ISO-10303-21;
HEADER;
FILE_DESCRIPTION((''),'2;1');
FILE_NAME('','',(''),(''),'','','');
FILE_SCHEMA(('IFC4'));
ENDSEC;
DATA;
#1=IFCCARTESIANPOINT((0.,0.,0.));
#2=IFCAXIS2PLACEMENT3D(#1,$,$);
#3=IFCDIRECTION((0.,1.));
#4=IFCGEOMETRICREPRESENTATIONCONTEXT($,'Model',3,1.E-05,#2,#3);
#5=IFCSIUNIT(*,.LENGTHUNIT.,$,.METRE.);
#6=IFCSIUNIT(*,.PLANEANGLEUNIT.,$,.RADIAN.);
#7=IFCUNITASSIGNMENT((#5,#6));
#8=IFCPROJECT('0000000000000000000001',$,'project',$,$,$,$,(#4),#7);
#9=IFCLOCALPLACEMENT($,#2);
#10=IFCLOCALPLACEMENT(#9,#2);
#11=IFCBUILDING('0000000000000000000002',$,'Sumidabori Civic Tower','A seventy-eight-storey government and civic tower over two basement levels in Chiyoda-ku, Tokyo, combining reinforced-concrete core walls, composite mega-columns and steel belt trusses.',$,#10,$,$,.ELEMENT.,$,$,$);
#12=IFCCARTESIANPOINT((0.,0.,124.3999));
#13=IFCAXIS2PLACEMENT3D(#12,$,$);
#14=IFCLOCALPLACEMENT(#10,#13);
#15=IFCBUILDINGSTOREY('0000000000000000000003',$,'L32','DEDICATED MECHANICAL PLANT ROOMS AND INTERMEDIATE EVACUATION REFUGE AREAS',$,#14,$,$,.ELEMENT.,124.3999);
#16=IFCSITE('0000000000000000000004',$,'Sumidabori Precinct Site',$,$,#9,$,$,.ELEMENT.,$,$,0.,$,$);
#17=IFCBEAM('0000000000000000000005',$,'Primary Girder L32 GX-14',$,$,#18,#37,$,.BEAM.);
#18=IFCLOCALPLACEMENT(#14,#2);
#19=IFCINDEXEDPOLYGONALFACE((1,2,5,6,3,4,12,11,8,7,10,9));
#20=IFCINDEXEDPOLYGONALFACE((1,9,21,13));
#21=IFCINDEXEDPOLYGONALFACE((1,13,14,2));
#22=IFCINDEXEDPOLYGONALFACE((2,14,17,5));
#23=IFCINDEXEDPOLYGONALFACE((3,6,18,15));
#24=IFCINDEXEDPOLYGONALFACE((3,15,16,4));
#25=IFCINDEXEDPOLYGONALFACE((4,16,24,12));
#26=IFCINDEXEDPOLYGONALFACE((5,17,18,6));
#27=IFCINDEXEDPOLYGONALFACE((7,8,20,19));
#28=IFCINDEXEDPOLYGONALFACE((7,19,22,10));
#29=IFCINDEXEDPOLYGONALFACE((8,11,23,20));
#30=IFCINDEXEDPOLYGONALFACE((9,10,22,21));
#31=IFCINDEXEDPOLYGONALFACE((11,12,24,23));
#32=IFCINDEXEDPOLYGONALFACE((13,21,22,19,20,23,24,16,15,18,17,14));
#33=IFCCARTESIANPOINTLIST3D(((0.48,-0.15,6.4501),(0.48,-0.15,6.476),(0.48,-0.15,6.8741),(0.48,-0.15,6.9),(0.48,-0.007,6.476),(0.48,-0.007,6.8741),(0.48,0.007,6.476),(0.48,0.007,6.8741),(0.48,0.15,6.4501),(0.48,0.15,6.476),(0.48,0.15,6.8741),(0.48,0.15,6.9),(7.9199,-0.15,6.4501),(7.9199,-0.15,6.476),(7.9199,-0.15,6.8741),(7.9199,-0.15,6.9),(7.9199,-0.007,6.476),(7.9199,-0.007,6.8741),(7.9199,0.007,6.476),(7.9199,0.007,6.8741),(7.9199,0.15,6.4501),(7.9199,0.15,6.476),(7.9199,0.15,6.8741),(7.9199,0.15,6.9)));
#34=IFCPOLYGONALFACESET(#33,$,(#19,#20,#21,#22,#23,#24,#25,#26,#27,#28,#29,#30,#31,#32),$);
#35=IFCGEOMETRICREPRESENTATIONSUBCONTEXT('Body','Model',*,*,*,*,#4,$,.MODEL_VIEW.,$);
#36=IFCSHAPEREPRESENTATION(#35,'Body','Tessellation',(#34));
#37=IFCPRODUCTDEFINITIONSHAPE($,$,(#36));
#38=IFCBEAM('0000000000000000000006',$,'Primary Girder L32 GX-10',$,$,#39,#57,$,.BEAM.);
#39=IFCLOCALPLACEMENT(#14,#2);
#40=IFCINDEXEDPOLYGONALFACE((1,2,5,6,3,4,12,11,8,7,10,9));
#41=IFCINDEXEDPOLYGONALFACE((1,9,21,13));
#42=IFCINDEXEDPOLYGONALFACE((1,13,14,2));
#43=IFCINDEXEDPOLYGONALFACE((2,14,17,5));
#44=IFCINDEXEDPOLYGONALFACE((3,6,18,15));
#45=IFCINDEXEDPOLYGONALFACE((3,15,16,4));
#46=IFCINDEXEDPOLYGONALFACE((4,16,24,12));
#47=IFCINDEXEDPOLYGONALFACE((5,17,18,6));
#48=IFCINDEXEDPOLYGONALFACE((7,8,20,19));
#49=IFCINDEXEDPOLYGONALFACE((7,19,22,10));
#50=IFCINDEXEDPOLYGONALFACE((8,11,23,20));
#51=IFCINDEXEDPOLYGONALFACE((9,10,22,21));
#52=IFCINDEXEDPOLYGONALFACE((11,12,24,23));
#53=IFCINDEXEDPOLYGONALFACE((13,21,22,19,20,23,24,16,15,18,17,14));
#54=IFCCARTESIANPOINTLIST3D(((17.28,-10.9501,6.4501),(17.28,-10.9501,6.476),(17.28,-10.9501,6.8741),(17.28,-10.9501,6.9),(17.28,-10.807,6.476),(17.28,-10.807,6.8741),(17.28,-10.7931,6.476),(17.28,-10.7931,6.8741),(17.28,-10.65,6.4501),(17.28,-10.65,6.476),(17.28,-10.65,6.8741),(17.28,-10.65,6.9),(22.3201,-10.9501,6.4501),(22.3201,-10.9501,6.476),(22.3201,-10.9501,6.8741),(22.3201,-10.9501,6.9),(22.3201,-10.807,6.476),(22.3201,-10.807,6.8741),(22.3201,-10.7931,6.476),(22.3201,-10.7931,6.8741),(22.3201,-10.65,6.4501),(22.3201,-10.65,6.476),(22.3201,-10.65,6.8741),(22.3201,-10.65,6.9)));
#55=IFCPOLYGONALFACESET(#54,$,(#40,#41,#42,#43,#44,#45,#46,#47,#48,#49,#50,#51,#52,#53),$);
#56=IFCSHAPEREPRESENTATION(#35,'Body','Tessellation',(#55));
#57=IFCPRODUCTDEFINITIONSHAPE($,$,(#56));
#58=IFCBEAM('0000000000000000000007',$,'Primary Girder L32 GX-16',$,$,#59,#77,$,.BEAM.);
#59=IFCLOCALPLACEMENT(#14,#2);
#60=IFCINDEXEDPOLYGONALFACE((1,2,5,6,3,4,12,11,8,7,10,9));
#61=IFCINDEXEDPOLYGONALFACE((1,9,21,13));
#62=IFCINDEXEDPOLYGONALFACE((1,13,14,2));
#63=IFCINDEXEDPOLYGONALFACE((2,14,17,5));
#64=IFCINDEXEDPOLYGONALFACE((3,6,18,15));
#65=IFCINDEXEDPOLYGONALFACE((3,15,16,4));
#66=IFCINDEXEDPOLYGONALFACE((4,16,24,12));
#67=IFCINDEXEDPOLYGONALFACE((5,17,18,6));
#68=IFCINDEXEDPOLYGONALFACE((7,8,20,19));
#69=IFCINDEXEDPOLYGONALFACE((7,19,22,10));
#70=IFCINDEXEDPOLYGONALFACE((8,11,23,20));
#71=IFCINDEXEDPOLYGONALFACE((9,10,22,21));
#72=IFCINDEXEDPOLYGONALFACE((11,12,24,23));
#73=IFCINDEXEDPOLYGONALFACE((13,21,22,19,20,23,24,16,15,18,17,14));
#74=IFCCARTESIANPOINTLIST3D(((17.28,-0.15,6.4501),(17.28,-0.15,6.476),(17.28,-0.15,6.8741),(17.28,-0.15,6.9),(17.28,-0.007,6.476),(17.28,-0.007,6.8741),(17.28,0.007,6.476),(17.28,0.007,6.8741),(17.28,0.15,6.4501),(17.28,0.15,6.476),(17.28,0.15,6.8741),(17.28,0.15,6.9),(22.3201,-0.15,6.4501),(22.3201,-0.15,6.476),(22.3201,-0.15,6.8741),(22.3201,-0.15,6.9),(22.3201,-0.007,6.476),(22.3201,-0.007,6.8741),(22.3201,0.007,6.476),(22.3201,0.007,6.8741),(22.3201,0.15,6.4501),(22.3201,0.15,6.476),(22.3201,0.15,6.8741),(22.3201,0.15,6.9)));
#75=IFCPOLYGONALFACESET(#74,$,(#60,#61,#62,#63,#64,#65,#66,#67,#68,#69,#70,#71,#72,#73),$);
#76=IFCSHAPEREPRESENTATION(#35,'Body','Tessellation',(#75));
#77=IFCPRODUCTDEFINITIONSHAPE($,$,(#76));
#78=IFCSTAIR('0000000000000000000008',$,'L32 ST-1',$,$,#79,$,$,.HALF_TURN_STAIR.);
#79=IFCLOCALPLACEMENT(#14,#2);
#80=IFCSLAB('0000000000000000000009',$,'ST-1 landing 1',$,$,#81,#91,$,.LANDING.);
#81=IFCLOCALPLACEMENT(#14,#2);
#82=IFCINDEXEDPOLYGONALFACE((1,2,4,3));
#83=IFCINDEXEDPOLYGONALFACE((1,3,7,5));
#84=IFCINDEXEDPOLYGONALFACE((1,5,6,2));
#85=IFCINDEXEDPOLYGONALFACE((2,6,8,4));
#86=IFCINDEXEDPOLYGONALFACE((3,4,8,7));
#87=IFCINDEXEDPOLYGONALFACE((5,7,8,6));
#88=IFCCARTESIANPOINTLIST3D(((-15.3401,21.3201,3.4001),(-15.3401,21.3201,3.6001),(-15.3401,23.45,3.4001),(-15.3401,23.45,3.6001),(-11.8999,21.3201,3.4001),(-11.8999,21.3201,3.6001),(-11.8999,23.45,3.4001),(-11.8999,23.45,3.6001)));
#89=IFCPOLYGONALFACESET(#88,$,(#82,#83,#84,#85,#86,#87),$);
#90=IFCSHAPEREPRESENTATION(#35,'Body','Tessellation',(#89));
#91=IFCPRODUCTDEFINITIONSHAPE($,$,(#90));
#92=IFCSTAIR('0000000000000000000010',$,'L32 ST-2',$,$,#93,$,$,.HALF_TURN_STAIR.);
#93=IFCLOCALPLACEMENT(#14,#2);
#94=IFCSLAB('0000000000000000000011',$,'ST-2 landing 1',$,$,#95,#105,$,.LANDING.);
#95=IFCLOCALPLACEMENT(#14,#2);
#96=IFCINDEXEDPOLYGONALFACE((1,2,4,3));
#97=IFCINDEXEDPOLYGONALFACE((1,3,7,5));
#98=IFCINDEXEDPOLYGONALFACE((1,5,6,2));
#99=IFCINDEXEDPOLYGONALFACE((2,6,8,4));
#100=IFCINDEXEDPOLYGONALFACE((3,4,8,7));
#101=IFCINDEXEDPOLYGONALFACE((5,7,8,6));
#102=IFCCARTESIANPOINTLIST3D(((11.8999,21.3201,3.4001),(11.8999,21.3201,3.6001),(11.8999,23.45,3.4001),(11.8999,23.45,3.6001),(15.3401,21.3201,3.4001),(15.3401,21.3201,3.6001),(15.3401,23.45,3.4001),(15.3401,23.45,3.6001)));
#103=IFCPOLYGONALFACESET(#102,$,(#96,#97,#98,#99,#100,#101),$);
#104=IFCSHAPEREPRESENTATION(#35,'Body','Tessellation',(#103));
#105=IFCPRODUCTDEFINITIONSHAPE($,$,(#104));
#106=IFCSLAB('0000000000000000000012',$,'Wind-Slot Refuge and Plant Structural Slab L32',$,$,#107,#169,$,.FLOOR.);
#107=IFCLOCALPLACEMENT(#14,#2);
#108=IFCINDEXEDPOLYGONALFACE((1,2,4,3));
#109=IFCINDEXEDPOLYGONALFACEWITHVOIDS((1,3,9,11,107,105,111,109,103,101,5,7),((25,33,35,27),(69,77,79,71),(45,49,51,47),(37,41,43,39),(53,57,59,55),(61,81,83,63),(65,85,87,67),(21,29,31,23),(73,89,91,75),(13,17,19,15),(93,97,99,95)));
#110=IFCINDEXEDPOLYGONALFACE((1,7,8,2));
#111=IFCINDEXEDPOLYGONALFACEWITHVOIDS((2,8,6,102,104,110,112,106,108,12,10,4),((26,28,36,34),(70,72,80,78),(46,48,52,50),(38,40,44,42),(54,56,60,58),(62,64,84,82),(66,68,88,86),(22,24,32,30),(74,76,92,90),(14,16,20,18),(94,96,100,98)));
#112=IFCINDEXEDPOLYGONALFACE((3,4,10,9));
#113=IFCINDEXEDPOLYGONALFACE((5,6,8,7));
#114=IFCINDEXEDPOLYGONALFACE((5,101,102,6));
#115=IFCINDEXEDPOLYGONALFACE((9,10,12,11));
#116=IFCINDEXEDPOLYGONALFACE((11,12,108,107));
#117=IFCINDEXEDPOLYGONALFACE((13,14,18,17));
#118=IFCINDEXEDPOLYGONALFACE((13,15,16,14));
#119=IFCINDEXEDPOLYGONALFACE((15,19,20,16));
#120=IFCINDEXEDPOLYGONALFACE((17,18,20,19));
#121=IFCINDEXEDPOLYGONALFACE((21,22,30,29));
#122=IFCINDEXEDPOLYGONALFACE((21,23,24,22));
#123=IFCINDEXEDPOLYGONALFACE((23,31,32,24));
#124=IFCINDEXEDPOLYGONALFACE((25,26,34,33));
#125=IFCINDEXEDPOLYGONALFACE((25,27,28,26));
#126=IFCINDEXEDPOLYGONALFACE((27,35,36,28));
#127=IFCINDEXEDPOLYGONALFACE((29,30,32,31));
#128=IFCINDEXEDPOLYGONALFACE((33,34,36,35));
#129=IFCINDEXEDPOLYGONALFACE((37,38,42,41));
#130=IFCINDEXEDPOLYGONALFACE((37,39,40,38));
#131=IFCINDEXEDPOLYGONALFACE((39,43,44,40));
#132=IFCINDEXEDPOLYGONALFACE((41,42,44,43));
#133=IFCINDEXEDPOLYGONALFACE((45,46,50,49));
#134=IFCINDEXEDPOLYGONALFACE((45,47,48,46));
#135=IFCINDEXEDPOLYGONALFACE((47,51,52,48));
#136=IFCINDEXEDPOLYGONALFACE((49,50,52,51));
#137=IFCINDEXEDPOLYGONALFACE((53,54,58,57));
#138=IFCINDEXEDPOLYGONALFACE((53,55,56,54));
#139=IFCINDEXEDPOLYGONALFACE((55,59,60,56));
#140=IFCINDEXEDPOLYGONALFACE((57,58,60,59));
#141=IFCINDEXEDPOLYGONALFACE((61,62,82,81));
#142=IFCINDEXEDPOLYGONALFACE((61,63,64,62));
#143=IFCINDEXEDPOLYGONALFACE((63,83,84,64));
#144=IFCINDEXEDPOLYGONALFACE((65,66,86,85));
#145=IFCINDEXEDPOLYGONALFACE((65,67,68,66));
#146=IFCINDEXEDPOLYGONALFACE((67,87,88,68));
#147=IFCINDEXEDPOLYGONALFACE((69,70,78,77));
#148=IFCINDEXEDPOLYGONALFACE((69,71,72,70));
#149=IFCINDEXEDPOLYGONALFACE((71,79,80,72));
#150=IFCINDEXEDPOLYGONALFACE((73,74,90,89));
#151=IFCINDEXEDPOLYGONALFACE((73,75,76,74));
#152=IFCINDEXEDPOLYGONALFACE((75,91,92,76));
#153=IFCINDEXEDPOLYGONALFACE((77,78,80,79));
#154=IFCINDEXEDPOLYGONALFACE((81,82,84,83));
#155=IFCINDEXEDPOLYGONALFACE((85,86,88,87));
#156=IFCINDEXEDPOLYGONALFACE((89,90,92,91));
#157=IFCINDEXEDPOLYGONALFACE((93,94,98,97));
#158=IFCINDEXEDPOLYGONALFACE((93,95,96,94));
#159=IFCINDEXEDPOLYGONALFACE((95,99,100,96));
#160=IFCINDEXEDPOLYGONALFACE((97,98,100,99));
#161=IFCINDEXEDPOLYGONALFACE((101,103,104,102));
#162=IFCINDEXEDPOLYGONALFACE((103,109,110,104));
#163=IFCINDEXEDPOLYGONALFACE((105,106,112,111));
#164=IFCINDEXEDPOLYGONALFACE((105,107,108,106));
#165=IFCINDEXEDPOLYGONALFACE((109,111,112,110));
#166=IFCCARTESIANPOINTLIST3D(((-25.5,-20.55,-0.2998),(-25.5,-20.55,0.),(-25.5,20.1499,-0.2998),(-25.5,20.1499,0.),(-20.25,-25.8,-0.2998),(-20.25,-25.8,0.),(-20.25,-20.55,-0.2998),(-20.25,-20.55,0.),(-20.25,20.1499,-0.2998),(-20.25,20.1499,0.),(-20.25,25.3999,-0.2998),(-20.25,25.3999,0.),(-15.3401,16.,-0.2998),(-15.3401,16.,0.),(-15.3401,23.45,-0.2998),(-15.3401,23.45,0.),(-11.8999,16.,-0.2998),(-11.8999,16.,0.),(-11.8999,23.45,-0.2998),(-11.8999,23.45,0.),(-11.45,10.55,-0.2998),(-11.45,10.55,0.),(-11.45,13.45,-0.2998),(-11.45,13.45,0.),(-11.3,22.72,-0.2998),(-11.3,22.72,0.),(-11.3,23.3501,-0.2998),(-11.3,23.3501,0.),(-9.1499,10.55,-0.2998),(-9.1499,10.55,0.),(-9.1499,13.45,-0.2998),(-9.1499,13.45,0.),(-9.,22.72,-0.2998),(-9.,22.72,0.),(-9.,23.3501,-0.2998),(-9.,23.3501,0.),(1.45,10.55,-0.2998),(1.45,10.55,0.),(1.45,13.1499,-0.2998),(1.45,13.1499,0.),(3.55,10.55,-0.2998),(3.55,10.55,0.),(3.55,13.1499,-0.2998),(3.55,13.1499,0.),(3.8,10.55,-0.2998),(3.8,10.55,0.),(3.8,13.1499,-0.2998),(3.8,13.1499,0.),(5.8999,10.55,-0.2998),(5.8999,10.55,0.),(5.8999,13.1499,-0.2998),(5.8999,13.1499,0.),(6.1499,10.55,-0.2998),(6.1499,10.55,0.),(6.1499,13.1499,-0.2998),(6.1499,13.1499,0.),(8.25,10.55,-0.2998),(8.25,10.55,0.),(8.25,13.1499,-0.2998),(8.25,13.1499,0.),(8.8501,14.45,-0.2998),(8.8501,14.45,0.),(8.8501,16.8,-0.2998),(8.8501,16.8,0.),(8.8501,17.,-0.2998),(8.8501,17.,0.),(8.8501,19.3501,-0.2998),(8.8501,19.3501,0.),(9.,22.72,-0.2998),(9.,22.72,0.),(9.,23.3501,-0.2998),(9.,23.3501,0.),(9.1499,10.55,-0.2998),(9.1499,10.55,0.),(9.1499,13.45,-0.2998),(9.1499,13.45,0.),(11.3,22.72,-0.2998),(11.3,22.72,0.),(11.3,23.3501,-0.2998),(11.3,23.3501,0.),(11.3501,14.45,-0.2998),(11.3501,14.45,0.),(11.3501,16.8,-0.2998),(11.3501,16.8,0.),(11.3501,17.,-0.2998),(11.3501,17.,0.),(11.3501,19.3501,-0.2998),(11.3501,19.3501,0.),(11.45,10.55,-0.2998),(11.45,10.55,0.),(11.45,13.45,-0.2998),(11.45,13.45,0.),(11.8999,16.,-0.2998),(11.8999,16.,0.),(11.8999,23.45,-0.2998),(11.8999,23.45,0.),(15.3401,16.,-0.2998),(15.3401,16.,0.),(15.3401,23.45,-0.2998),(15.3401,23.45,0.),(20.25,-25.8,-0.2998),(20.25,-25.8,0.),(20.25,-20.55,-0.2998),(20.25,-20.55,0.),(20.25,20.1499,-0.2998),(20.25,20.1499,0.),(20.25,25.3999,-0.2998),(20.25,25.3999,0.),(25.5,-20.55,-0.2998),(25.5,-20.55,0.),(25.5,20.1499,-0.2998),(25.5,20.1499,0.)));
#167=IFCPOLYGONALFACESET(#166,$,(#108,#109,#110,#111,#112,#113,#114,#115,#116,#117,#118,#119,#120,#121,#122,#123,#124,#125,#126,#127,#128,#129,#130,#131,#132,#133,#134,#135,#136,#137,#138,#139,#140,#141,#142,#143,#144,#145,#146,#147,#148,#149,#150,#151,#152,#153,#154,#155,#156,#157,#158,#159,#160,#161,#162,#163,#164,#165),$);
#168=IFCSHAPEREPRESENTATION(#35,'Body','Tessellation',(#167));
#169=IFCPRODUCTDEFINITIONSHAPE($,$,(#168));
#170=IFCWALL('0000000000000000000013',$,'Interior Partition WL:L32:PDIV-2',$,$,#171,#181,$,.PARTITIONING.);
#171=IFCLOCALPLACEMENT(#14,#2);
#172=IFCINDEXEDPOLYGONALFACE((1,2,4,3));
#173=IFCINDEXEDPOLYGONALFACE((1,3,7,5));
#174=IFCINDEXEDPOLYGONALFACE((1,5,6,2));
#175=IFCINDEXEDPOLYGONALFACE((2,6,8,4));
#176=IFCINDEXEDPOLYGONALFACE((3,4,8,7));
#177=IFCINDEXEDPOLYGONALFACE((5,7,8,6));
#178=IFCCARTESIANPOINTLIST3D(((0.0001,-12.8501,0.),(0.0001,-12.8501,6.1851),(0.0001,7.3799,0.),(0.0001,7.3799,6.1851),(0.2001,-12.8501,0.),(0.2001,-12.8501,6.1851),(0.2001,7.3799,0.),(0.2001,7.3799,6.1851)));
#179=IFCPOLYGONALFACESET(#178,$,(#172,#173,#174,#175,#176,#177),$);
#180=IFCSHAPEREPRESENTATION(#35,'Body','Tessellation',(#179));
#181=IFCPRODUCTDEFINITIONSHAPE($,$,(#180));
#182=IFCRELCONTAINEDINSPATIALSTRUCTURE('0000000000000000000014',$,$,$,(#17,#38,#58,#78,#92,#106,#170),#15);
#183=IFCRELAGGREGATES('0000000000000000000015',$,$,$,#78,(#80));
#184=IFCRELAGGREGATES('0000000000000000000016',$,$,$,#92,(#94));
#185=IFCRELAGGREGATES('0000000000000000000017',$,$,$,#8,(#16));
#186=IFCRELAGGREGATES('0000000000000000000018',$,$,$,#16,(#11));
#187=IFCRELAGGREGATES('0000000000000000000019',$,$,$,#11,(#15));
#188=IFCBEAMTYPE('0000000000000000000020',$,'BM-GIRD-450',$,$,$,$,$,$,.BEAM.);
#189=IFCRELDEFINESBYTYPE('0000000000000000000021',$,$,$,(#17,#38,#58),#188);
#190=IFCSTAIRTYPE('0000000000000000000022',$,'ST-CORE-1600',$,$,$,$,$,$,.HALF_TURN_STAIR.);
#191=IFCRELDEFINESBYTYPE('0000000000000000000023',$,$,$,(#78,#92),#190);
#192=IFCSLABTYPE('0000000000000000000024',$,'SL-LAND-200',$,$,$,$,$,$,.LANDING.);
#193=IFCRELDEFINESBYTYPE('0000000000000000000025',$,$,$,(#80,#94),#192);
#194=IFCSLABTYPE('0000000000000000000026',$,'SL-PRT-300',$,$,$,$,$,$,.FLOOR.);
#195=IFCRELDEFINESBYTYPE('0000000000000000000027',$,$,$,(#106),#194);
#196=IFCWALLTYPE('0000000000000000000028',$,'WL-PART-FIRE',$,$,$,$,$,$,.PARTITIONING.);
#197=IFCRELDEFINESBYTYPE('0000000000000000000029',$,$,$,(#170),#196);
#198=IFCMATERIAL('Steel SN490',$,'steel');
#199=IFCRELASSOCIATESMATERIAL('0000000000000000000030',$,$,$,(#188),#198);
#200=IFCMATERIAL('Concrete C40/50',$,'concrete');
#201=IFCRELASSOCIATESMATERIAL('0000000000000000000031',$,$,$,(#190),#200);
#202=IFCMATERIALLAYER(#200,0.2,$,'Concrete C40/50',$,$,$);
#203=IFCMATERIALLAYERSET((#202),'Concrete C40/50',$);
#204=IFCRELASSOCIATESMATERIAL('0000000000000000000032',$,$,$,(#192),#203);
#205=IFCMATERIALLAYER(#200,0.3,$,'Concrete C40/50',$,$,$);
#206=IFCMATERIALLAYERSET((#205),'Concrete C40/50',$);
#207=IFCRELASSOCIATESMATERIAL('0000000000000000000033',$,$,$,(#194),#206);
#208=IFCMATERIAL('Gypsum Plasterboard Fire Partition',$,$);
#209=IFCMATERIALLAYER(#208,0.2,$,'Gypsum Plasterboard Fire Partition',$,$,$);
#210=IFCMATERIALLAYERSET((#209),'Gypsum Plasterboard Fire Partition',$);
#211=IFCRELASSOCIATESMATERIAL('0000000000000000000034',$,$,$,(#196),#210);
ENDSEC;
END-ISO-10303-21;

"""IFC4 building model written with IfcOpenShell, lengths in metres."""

from ifc_helpers import new_model, si_unit, direction, frame, frame_2d, origin, origin_2d, place, context, subcontext, project, spatial, polyline, rectangle, i_section, outline, extrude, source, transform, mapped, material, layer, layer_set, material_profile, profile_set, type_object, element, aggregate, save


model = new_model("IFC4")

# Units and contexts
model_context = context("Model", 3, precision=1e-05, world=origin(), true_north=direction((0.0, 1.0)))
body_context = subcontext(model_context, "Body", "Model", "MODEL_VIEW")
ifc_project = project(units=[si_unit("LENGTHUNIT", "METRE"), si_unit("PLANEANGLEUNIT", "RADIAN")], contexts=[model_context])

# Site, building, storey
site_placement = place(None, origin())
site = spatial("IfcSite", under=ifc_project, at=site_placement, Name="Sumidabori Precinct Site", CompositionType="ELEMENT", RefElevation=0.0)
building_placement = place(site_placement, origin())
building = spatial("IfcBuilding", under=site, at=building_placement, Name="Sumidabori Civic Tower", Description="A seventy-eight-storey government and civic tower over two basement levels in Chiyoda-ku, Tokyo, combining reinforced-concrete core walls, composite mega-columns and steel belt trusses.", CompositionType="ELEMENT")
storey_placement = place(building_placement, frame((0.0, 0.0, 124.3999)))
storey = spatial("IfcBuildingStorey", under=building, at=storey_placement, Name="L32", Description="DEDICATED MECHANICAL PLANT ROOMS AND INTERMEDIATE EVACUATION REFUGE AREAS", CompositionType="ELEMENT", Elevation=124.3999)

# Beams
ifc_material_1 = material(Name="Steel SN490", Category="steel")
ifc_material_profile_1 = material_profile(ifc_material_1, i_section(OverallWidth=0.3, OverallDepth=0.45, WebThickness=0.0139, FlangeThickness=0.0259, at=origin_2d()), Name="HE 450 B")
ifc_profile_set_1 = profile_set([ifc_material_profile_1], Name="Steel SN490")
beam_type_1 = type_object("IfcBeamType", Name="BM-GIRD-450", PredefinedType="BEAM", material=ifc_profile_set_1)
shared_shape_1 = source(origin(), body_context, "Body", "SweptSolid", [
    extrude(i_section(OverallWidth=0.3, OverallDepth=0.45, WebThickness=0.0139, FlangeThickness=0.0259, at=origin_2d()), origin(), (0.0, 0.0, 1.0), 7.4399),
])
for number, where, z_axis, x_axis, name in (
    (1, (0.48, 0.0, 6.675), (1.0, 0.0, 0.0), (0.0, 1.0, 0.0), "Primary Girder L32 GX-14"),
):
    element("IfcBeam", number, at=place(storey_placement, frame(where, z_axis=z_axis, x_axis=x_axis)), inside=storey, type_object=beam_type_1, Name=name, PredefinedType="BEAM", context=body_context, shape_type="MappedRepresentation", body=[
        mapped(shared_shape_1, transform((0.0, 0.0, 0.0), x_axis=(1.0, 0.0, 0.0), y_axis=(0.0, 1.0, 0.0), z_axis=(0.0, 0.0, 1.0), scale=1.0)),
    ])
shared_shape_2 = source(origin(), body_context, "Body", "SweptSolid", [
    extrude(i_section(OverallWidth=0.3, OverallDepth=0.45, WebThickness=0.0139, FlangeThickness=0.0259, at=origin_2d()), origin(), (0.0, 0.0, 1.0), 5.04),
])
for number, where, z_axis, x_axis, name in (
    (2, (17.28, -10.8, 6.675), (1.0, 0.0, 0.0), (0.0, 1.0, 0.0), "Primary Girder L32 GX-10"),
    (3, (17.28, 0.0, 6.675), (1.0, 0.0, 0.0), (0.0, 1.0, 0.0), "Primary Girder L32 GX-16"),
):
    element("IfcBeam", number, at=place(storey_placement, frame(where, z_axis=z_axis, x_axis=x_axis)), inside=storey, type_object=beam_type_1, Name=name, PredefinedType="BEAM", context=body_context, shape_type="MappedRepresentation", body=[
        mapped(shared_shape_2, transform((0.0, 0.0, 0.0), x_axis=(1.0, 0.0, 0.0), y_axis=(0.0, 1.0, 0.0), z_axis=(0.0, 0.0, 1.0), scale=1.0)),
    ])

# Stairs, slabs
ifc_material_2 = material(Name="Concrete C40/50", Category="concrete")
stair_type = type_object("IfcStairType", Name="ST-CORE-1600", PredefinedType="HALF_TURN_STAIR", material=ifc_material_2)
stair_1_placement = place(storey_placement, origin())
stair_1 = element("IfcStair", 4, at=stair_1_placement, inside=storey, type_object=stair_type, Name="L32 ST-1", PredefinedType="HALF_TURN_STAIR")
ifc_layer_1 = layer(ifc_material_2, 0.2, Name="Concrete C40/50")
ifc_layer_set_1 = layer_set([ifc_layer_1], Name="Concrete C40/50")
slab_type_1 = type_object("IfcSlabType", Name="SL-LAND-200", PredefinedType="LANDING", material=ifc_layer_set_1)
slab_1_placement = place(storey_placement, frame((0.0, 0.0, 3.4001)))
slab_1 = element("IfcSlab", 5, at=slab_1_placement, type_object=slab_type_1, Name="ST-1 landing 1", PredefinedType="LANDING", context=body_context, shape_type="SweptSolid", body=[
    extrude(outline(polyline([(-11.8999, 21.3201), (-11.8999, 23.45), (-15.3401, 23.45), (-15.3401, 21.3201), (-11.8999, 21.3201)])), origin(), (0.0, 0.0, 1.0), 0.2),
])
aggregate(stair_1, [slab_1])
stair_2_placement = place(storey_placement, origin())
stair_2 = element("IfcStair", 6, at=stair_2_placement, inside=storey, type_object=stair_type, Name="L32 ST-2", PredefinedType="HALF_TURN_STAIR")
slab_2_placement = place(storey_placement, frame((0.0, 0.0, 3.4001)))
slab_2 = element("IfcSlab", 7, at=slab_2_placement, type_object=slab_type_1, Name="ST-2 landing 1", PredefinedType="LANDING", context=body_context, shape_type="SweptSolid", body=[
    extrude(outline(polyline([(15.3401, 21.3201), (15.3401, 23.45), (11.8999, 23.45), (11.8999, 21.3201), (15.3401, 21.3201)])), origin(), (0.0, 0.0, 1.0), 0.2),
])
aggregate(stair_2, [slab_2])

# Slab
ifc_layer_2 = layer(ifc_material_2, 0.3, Name="Concrete C40/50")
ifc_layer_set_2 = layer_set([ifc_layer_2], Name="Concrete C40/50")
slab_type_2 = type_object("IfcSlabType", Name="SL-PRT-300", PredefinedType="FLOOR", material=ifc_layer_set_2)
slab_3_placement = place(storey_placement, frame((0.0, 0.0, -0.2998)))
element("IfcSlab", 8, at=slab_3_placement, inside=storey, type_object=slab_type_2, Name="Wind-Slot Refuge and Plant Structural Slab L32", PredefinedType="FLOOR", context=body_context, shape_type="SweptSolid", body=[
    extrude(outline(polyline([(-20.25, -25.8), (20.25, -25.8), (20.25, -20.55), (25.5, -20.55), (25.5, 20.1499), (20.25, 20.1499), (20.25, 25.3999), (-20.25, 25.3999), (-20.25, 20.1499), (-25.5, 20.1499), (-25.5, -20.55), (-20.25, -20.55), (-20.25, -25.8)]), holes=[polyline([(-11.8999, 16.0), (-11.8999, 23.45), (-15.3401, 23.45), (-15.3401, 16.0), (-11.8999, 16.0)]), polyline([(15.3401, 16.0), (15.3401, 23.45), (11.8999, 23.45), (11.8999, 16.0), (15.3401, 16.0)]), polyline([(-11.45, 10.55), (-9.1499, 10.55), (-9.1499, 13.45), (-11.45, 13.45), (-11.45, 10.55)]), polyline([(9.1499, 10.55), (11.45, 10.55), (11.45, 13.45), (9.1499, 13.45), (9.1499, 10.55)]), polyline([(1.45, 10.55), (3.55, 10.55), (3.55, 13.1499), (1.45, 13.1499), (1.45, 10.55)]), polyline([(3.8, 10.55), (5.8999, 10.55), (5.8999, 13.1499), (3.8, 13.1499), (3.8, 10.55)]), polyline([(6.1499, 10.55), (8.25, 10.55), (8.25, 13.1499), (6.1499, 13.1499), (6.1499, 10.55)]), polyline([(8.8501, 14.45), (11.3501, 14.45), (11.3501, 16.8), (8.8501, 16.8), (8.8501, 14.45)]), polyline([(8.8501, 17.0), (11.3501, 17.0), (11.3501, 19.3501), (8.8501, 19.3501), (8.8501, 17.0)]), polyline([(-11.3, 22.72), (-9.0, 22.72), (-9.0, 23.3501), (-11.3, 23.3501), (-11.3, 22.72)]), polyline([(9.0, 22.72), (11.3, 22.72), (11.3, 23.3501), (9.0, 23.3501), (9.0, 22.72)])]), origin(), (0.0, 0.0, 1.0), 0.2998),
])

# Wall
ifc_material_3 = material(Name="Gypsum Plasterboard Fire Partition")
ifc_layer_3 = layer(ifc_material_3, 0.2, Name="Gypsum Plasterboard Fire Partition")
ifc_layer_set_3 = layer_set([ifc_layer_3], Name="Gypsum Plasterboard Fire Partition")
wall_type = type_object("IfcWallType", Name="WL-PART-FIRE", PredefinedType="PARTITIONING", material=ifc_layer_set_3)
shared_shape_3 = source(origin(), body_context, "Body", "SweptSolid", [
    extrude(rectangle(XDim=20.23, YDim=0.2, at=frame_2d((10.115, 0.0))), origin(), (0.0, 0.0, 1.0), 6.1851),
])
wall_1_placement = place(storey_placement, frame((0.1001, -12.8501, 0.0), z_axis=(0.0, 0.0, 1.0), x_axis=(0.0, 1.0, 0.0)))
element("IfcWall", 9, at=wall_1_placement, inside=storey, type_object=wall_type, Name="Interior Partition WL:L32:PDIV-2", PredefinedType="PARTITIONING", context=body_context, shape_type="MappedRepresentation", body=[
    mapped(shared_shape_3, transform((0.0, 0.0, 0.0), x_axis=(1.0, 0.0, 0.0), y_axis=(0.0, 1.0, 0.0), z_axis=(0.0, 0.0, 1.0), scale=1.0)),
])

save(model, "model.ifc")
